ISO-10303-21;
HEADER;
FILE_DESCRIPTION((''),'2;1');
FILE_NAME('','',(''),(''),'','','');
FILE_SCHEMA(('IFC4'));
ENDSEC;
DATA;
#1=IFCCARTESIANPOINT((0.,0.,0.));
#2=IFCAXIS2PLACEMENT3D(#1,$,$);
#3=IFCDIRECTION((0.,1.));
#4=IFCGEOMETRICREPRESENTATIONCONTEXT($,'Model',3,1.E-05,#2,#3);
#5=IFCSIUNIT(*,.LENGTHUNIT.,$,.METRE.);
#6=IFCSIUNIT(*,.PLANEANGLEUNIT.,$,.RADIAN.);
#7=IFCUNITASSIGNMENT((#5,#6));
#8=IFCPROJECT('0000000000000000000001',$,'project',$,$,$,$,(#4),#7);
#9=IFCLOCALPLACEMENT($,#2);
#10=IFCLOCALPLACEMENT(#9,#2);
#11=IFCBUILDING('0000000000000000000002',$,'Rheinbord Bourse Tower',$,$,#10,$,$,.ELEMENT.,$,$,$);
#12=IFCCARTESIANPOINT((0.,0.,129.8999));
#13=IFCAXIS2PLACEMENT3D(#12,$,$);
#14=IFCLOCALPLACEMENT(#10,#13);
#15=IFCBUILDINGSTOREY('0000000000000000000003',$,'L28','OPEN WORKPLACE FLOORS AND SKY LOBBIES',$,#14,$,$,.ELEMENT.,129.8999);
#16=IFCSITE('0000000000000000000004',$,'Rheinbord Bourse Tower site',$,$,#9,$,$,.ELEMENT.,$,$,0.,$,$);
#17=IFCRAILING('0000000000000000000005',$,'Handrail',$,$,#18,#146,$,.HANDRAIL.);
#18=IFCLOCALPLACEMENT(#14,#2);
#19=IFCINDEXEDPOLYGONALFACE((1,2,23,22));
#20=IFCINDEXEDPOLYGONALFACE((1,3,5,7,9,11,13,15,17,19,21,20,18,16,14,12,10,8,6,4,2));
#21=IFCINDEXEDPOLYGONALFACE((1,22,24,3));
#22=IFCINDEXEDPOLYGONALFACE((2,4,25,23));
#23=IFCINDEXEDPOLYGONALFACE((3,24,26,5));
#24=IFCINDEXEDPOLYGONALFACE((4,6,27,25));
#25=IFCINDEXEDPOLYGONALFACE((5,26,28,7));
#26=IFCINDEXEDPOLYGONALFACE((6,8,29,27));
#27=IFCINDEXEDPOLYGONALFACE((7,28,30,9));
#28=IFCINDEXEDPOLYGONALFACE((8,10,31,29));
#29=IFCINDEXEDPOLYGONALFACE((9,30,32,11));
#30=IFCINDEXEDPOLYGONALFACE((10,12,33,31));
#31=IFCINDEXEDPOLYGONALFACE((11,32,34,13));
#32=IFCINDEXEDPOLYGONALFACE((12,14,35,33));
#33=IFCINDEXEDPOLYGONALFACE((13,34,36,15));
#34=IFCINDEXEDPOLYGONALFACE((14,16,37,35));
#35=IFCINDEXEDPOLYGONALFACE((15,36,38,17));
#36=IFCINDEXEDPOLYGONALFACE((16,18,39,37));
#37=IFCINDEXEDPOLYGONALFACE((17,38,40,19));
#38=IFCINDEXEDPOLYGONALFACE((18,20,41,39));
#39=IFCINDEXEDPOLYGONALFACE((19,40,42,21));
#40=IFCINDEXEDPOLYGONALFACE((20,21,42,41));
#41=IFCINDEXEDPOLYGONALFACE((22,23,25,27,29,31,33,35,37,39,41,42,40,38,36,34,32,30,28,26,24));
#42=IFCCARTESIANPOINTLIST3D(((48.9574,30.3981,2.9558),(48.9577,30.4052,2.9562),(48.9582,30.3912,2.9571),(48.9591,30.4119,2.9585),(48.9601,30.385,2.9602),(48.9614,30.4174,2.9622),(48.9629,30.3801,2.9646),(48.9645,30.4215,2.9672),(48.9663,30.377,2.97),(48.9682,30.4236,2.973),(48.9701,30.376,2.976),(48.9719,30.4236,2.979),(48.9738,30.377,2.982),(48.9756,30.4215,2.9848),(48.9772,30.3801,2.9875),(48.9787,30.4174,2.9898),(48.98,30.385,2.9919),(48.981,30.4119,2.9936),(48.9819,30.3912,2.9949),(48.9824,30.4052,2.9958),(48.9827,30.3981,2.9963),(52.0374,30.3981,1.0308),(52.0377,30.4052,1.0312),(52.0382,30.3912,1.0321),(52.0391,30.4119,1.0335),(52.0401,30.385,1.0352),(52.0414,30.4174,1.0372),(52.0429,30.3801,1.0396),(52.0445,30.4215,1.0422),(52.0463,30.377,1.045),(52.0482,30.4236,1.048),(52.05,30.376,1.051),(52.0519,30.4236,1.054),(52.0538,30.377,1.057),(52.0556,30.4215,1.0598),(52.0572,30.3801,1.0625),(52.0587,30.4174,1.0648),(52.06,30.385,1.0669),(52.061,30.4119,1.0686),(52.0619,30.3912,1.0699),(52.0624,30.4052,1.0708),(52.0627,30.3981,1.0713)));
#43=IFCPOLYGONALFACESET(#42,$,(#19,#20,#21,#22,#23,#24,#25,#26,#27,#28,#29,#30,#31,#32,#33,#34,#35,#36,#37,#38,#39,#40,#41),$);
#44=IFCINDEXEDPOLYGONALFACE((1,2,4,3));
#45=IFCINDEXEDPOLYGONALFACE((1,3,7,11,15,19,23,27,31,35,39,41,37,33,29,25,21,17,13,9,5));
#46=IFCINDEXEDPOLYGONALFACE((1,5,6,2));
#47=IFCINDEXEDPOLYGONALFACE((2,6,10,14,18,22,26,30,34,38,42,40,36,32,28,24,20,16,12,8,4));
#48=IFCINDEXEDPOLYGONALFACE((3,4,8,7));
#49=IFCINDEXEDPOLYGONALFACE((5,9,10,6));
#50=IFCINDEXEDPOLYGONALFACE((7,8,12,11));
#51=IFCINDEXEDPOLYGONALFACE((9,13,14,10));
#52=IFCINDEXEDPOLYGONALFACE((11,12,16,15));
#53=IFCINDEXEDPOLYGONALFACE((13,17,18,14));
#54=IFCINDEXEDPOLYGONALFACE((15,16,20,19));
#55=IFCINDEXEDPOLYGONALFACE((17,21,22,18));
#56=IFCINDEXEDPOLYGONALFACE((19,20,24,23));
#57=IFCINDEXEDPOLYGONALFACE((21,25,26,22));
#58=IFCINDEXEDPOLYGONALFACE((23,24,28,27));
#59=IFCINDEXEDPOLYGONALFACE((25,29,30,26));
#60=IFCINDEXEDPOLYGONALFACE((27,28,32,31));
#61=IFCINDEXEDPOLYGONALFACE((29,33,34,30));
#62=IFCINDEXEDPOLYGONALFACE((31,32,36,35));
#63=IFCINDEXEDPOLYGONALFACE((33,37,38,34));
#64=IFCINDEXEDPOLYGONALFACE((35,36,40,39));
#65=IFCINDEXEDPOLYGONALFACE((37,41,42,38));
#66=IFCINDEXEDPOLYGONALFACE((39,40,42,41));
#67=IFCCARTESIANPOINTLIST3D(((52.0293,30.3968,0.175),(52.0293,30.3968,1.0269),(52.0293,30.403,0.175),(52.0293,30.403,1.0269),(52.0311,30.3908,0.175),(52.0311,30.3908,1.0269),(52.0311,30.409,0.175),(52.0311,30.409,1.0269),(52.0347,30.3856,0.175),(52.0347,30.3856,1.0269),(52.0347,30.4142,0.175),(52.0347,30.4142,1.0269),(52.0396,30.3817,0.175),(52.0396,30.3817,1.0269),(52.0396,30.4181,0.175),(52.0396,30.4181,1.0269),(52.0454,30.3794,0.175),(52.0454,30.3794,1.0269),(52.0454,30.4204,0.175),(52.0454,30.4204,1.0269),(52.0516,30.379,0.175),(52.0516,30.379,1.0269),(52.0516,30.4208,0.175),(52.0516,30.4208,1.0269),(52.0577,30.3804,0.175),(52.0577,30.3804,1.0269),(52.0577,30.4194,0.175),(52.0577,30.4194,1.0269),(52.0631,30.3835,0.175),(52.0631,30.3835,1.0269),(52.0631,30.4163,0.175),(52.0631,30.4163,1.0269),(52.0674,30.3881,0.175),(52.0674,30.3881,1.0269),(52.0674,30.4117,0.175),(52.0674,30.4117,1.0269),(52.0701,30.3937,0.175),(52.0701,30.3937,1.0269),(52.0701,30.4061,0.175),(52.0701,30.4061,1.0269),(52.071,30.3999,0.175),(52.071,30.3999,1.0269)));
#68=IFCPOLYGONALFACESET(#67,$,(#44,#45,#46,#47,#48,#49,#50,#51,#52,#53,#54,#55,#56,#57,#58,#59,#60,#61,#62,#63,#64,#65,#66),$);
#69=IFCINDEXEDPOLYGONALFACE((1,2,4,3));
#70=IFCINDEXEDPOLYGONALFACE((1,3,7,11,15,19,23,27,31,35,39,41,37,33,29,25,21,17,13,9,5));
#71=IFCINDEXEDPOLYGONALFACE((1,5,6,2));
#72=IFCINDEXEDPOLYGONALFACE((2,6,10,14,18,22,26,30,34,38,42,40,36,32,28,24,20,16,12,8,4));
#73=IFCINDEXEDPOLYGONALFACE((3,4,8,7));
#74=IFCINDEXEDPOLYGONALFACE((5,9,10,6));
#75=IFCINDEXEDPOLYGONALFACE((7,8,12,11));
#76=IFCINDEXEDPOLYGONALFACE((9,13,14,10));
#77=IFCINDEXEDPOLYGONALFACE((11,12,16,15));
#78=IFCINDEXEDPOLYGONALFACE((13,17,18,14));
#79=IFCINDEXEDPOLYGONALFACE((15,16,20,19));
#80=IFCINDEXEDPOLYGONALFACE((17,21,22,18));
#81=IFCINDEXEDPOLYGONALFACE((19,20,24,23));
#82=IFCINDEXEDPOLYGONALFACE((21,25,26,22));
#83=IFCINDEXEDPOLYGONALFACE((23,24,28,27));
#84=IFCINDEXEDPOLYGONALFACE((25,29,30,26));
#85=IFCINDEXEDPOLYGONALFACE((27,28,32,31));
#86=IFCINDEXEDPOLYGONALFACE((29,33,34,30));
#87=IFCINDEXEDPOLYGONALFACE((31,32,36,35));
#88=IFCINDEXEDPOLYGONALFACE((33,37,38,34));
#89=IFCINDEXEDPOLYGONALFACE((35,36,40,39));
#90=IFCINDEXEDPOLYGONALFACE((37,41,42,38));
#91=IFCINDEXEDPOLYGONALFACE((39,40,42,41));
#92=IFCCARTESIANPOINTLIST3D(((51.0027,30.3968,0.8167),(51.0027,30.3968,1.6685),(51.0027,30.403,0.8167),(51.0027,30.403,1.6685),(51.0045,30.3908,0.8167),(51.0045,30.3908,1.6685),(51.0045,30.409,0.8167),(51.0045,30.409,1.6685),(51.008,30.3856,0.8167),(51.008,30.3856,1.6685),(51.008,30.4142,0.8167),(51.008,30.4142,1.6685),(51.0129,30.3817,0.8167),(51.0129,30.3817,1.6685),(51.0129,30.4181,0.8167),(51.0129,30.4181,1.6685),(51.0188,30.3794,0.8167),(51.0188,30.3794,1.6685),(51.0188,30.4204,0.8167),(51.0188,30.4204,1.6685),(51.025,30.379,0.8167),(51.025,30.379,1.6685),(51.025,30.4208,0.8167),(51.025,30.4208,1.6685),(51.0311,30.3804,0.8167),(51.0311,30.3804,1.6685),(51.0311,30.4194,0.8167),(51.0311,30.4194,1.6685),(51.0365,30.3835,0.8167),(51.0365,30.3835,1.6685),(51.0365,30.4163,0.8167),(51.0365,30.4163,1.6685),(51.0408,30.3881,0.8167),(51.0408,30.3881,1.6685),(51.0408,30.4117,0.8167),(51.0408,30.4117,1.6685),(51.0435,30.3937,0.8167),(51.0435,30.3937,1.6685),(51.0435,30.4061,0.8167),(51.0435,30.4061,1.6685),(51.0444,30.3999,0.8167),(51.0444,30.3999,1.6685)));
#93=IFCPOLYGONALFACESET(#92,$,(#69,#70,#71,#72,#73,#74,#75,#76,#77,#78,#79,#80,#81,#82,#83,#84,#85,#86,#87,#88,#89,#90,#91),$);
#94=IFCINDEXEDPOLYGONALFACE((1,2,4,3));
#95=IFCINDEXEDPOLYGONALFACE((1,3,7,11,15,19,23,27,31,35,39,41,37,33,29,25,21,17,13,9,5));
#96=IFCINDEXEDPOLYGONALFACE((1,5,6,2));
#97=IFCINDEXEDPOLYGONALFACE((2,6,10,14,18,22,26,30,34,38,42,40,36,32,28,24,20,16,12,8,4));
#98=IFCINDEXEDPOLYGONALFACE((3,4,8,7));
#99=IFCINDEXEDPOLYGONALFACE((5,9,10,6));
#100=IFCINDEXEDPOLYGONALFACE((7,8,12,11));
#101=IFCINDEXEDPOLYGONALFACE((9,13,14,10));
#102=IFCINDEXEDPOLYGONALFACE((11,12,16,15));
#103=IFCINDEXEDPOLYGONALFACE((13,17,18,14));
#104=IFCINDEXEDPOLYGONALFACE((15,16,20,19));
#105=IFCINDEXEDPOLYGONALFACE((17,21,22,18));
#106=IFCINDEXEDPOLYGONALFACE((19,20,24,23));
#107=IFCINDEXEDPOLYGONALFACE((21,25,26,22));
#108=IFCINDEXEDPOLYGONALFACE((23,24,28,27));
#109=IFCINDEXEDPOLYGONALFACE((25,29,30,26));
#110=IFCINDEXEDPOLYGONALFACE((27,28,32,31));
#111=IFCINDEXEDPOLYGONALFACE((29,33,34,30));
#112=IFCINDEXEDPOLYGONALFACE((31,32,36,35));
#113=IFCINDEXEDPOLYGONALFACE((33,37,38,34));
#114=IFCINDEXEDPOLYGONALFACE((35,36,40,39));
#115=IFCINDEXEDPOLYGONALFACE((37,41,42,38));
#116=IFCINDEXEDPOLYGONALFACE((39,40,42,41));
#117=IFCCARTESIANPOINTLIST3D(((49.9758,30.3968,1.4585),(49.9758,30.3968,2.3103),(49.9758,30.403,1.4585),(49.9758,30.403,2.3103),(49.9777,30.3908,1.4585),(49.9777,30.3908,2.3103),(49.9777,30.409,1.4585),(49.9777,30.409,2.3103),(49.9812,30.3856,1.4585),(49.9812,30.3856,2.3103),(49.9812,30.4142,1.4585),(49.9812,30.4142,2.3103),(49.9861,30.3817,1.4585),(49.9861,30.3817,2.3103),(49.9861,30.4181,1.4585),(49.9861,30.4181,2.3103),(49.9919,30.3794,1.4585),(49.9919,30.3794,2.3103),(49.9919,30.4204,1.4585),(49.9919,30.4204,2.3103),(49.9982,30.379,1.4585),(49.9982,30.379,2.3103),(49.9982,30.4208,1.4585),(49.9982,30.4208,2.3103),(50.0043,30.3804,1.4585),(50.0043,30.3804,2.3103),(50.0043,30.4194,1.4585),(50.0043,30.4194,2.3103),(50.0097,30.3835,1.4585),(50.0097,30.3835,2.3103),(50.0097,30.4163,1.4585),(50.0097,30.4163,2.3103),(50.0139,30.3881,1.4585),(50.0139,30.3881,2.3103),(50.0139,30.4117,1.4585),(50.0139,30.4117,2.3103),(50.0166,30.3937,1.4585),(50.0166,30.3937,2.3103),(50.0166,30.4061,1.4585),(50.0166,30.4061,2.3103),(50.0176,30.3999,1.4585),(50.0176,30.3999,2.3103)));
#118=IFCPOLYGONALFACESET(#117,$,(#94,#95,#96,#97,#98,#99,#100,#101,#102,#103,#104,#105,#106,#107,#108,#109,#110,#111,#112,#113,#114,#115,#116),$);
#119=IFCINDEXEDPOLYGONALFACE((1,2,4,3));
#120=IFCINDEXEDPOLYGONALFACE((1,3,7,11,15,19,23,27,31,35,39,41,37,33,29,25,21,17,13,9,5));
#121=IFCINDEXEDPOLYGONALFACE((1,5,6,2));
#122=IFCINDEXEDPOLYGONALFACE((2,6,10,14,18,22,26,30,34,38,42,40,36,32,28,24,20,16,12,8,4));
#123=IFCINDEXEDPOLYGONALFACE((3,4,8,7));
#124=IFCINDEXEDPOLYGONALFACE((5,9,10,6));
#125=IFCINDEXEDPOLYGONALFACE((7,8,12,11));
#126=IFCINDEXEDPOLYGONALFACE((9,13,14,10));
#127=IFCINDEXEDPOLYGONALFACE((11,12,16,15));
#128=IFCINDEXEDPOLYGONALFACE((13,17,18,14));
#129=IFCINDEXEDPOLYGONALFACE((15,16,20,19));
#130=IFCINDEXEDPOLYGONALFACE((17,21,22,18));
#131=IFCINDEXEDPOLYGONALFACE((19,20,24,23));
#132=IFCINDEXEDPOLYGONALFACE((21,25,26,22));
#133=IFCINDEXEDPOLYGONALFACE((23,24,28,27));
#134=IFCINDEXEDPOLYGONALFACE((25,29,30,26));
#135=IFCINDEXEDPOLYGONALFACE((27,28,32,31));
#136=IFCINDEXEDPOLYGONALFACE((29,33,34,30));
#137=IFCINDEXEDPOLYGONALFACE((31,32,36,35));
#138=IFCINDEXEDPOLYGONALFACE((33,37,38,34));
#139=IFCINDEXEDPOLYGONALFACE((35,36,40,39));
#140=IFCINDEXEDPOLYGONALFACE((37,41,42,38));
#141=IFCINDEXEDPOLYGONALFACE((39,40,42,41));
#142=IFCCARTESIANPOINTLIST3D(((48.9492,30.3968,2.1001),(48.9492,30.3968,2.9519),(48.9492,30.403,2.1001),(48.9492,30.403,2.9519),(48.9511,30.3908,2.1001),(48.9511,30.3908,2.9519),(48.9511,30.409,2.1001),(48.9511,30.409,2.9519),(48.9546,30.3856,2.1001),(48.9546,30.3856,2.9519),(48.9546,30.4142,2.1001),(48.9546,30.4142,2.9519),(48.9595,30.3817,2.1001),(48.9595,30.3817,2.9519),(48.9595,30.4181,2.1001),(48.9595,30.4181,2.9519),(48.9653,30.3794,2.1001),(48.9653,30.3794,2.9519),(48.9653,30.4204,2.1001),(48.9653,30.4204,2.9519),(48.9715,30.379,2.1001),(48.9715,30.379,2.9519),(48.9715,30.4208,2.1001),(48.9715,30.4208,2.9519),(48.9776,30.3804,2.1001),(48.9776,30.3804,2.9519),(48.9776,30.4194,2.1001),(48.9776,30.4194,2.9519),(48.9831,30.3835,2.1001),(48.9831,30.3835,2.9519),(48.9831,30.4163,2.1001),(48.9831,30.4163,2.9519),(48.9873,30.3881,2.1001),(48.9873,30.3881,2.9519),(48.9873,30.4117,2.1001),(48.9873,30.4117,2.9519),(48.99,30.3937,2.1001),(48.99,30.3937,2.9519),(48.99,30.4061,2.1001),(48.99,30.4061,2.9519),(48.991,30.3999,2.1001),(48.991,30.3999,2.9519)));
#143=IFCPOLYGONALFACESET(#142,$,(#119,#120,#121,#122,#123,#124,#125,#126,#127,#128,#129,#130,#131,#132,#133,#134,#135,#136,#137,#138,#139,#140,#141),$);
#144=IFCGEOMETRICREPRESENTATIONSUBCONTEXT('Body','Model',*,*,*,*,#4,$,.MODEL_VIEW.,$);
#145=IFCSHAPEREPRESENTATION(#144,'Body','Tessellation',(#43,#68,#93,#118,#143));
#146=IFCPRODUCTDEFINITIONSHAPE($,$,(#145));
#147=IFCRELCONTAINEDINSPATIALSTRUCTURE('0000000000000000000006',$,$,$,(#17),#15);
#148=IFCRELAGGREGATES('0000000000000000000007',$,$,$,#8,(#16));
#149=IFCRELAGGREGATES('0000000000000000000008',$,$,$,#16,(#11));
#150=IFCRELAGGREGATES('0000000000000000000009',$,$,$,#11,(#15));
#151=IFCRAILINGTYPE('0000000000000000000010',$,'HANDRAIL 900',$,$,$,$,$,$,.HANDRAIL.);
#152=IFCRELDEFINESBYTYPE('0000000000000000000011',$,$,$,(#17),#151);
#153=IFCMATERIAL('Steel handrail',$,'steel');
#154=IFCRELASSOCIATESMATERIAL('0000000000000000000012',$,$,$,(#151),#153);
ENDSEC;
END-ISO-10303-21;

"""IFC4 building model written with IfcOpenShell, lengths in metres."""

from ifc_helpers import new_model, si_unit, direction, frame, origin, origin_2d, place, context, subcontext, project, spatial, circle, extrude, material, type_object, element, save


model = new_model("IFC4")

# Units and contexts
model_context = context("Model", 3, precision=1e-05, world=origin(), true_north=direction((0.0, 1.0)))
body_context = subcontext(model_context, "Body", "Model", "MODEL_VIEW")
ifc_project = project(units=[si_unit("LENGTHUNIT", "METRE"), si_unit("PLANEANGLEUNIT", "RADIAN")], contexts=[model_context])

# Site, building, storey
site_placement = place(None, origin())
site = spatial("IfcSite", under=ifc_project, at=site_placement, Name="Rheinbord Bourse Tower site", CompositionType="ELEMENT", RefElevation=0.0)
building_placement = place(site_placement, origin())
building = spatial("IfcBuilding", under=site, at=building_placement, Name="Rheinbord Bourse Tower", CompositionType="ELEMENT")
storey_placement = place(building_placement, frame((0.0, 0.0, 129.8999)))
storey = spatial("IfcBuildingStorey", under=building, at=storey_placement, Name="L28", Description="OPEN WORKPLACE FLOORS AND SKY LOBBIES", CompositionType="ELEMENT", Elevation=129.8999)

# Railing
ifc_material_1 = material(Name="Steel handrail", Category="steel")
railing_type = type_object("IfcRailingType", Name="HANDRAIL 900", PredefinedType="HANDRAIL", material=ifc_material_1)
railing_1_placement = place(storey_placement, frame((52.05, 30.3999, 0.175)))
element("IfcRailing", 1, at=railing_1_placement, inside=storey, type_object=railing_type, Name="Handrail", PredefinedType="HANDRAIL", context=body_context, shape_type="SweptSolid", body=[
    extrude(circle(Radius=0.0239, at=origin_2d()), frame((0.0, 0.0, 0.876), z_axis=(-0.847998, 0.0, 0.529999), x_axis=(0.0, -1.0, 0.0)), (0.0, 0.0, 1.0), 3.6321),
    extrude(circle(Radius=0.021, at=origin_2d()), origin(), (0.0, 0.0, 1.0), 0.8518),
    extrude(circle(Radius=0.021, at=origin_2d()), frame((-1.0266, 0.0, 0.6416)), (0.0, 0.0, 1.0), 0.8518),
    extrude(circle(Radius=0.021, at=origin_2d()), frame((-2.0535, 0.0, 1.2834)), (0.0, 0.0, 1.0), 0.8518),
    extrude(circle(Radius=0.021, at=origin_2d()), frame((-3.0801, 0.0, 1.925)), (0.0, 0.0, 1.0), 0.8518),
])

save(model, "model.ifc")
